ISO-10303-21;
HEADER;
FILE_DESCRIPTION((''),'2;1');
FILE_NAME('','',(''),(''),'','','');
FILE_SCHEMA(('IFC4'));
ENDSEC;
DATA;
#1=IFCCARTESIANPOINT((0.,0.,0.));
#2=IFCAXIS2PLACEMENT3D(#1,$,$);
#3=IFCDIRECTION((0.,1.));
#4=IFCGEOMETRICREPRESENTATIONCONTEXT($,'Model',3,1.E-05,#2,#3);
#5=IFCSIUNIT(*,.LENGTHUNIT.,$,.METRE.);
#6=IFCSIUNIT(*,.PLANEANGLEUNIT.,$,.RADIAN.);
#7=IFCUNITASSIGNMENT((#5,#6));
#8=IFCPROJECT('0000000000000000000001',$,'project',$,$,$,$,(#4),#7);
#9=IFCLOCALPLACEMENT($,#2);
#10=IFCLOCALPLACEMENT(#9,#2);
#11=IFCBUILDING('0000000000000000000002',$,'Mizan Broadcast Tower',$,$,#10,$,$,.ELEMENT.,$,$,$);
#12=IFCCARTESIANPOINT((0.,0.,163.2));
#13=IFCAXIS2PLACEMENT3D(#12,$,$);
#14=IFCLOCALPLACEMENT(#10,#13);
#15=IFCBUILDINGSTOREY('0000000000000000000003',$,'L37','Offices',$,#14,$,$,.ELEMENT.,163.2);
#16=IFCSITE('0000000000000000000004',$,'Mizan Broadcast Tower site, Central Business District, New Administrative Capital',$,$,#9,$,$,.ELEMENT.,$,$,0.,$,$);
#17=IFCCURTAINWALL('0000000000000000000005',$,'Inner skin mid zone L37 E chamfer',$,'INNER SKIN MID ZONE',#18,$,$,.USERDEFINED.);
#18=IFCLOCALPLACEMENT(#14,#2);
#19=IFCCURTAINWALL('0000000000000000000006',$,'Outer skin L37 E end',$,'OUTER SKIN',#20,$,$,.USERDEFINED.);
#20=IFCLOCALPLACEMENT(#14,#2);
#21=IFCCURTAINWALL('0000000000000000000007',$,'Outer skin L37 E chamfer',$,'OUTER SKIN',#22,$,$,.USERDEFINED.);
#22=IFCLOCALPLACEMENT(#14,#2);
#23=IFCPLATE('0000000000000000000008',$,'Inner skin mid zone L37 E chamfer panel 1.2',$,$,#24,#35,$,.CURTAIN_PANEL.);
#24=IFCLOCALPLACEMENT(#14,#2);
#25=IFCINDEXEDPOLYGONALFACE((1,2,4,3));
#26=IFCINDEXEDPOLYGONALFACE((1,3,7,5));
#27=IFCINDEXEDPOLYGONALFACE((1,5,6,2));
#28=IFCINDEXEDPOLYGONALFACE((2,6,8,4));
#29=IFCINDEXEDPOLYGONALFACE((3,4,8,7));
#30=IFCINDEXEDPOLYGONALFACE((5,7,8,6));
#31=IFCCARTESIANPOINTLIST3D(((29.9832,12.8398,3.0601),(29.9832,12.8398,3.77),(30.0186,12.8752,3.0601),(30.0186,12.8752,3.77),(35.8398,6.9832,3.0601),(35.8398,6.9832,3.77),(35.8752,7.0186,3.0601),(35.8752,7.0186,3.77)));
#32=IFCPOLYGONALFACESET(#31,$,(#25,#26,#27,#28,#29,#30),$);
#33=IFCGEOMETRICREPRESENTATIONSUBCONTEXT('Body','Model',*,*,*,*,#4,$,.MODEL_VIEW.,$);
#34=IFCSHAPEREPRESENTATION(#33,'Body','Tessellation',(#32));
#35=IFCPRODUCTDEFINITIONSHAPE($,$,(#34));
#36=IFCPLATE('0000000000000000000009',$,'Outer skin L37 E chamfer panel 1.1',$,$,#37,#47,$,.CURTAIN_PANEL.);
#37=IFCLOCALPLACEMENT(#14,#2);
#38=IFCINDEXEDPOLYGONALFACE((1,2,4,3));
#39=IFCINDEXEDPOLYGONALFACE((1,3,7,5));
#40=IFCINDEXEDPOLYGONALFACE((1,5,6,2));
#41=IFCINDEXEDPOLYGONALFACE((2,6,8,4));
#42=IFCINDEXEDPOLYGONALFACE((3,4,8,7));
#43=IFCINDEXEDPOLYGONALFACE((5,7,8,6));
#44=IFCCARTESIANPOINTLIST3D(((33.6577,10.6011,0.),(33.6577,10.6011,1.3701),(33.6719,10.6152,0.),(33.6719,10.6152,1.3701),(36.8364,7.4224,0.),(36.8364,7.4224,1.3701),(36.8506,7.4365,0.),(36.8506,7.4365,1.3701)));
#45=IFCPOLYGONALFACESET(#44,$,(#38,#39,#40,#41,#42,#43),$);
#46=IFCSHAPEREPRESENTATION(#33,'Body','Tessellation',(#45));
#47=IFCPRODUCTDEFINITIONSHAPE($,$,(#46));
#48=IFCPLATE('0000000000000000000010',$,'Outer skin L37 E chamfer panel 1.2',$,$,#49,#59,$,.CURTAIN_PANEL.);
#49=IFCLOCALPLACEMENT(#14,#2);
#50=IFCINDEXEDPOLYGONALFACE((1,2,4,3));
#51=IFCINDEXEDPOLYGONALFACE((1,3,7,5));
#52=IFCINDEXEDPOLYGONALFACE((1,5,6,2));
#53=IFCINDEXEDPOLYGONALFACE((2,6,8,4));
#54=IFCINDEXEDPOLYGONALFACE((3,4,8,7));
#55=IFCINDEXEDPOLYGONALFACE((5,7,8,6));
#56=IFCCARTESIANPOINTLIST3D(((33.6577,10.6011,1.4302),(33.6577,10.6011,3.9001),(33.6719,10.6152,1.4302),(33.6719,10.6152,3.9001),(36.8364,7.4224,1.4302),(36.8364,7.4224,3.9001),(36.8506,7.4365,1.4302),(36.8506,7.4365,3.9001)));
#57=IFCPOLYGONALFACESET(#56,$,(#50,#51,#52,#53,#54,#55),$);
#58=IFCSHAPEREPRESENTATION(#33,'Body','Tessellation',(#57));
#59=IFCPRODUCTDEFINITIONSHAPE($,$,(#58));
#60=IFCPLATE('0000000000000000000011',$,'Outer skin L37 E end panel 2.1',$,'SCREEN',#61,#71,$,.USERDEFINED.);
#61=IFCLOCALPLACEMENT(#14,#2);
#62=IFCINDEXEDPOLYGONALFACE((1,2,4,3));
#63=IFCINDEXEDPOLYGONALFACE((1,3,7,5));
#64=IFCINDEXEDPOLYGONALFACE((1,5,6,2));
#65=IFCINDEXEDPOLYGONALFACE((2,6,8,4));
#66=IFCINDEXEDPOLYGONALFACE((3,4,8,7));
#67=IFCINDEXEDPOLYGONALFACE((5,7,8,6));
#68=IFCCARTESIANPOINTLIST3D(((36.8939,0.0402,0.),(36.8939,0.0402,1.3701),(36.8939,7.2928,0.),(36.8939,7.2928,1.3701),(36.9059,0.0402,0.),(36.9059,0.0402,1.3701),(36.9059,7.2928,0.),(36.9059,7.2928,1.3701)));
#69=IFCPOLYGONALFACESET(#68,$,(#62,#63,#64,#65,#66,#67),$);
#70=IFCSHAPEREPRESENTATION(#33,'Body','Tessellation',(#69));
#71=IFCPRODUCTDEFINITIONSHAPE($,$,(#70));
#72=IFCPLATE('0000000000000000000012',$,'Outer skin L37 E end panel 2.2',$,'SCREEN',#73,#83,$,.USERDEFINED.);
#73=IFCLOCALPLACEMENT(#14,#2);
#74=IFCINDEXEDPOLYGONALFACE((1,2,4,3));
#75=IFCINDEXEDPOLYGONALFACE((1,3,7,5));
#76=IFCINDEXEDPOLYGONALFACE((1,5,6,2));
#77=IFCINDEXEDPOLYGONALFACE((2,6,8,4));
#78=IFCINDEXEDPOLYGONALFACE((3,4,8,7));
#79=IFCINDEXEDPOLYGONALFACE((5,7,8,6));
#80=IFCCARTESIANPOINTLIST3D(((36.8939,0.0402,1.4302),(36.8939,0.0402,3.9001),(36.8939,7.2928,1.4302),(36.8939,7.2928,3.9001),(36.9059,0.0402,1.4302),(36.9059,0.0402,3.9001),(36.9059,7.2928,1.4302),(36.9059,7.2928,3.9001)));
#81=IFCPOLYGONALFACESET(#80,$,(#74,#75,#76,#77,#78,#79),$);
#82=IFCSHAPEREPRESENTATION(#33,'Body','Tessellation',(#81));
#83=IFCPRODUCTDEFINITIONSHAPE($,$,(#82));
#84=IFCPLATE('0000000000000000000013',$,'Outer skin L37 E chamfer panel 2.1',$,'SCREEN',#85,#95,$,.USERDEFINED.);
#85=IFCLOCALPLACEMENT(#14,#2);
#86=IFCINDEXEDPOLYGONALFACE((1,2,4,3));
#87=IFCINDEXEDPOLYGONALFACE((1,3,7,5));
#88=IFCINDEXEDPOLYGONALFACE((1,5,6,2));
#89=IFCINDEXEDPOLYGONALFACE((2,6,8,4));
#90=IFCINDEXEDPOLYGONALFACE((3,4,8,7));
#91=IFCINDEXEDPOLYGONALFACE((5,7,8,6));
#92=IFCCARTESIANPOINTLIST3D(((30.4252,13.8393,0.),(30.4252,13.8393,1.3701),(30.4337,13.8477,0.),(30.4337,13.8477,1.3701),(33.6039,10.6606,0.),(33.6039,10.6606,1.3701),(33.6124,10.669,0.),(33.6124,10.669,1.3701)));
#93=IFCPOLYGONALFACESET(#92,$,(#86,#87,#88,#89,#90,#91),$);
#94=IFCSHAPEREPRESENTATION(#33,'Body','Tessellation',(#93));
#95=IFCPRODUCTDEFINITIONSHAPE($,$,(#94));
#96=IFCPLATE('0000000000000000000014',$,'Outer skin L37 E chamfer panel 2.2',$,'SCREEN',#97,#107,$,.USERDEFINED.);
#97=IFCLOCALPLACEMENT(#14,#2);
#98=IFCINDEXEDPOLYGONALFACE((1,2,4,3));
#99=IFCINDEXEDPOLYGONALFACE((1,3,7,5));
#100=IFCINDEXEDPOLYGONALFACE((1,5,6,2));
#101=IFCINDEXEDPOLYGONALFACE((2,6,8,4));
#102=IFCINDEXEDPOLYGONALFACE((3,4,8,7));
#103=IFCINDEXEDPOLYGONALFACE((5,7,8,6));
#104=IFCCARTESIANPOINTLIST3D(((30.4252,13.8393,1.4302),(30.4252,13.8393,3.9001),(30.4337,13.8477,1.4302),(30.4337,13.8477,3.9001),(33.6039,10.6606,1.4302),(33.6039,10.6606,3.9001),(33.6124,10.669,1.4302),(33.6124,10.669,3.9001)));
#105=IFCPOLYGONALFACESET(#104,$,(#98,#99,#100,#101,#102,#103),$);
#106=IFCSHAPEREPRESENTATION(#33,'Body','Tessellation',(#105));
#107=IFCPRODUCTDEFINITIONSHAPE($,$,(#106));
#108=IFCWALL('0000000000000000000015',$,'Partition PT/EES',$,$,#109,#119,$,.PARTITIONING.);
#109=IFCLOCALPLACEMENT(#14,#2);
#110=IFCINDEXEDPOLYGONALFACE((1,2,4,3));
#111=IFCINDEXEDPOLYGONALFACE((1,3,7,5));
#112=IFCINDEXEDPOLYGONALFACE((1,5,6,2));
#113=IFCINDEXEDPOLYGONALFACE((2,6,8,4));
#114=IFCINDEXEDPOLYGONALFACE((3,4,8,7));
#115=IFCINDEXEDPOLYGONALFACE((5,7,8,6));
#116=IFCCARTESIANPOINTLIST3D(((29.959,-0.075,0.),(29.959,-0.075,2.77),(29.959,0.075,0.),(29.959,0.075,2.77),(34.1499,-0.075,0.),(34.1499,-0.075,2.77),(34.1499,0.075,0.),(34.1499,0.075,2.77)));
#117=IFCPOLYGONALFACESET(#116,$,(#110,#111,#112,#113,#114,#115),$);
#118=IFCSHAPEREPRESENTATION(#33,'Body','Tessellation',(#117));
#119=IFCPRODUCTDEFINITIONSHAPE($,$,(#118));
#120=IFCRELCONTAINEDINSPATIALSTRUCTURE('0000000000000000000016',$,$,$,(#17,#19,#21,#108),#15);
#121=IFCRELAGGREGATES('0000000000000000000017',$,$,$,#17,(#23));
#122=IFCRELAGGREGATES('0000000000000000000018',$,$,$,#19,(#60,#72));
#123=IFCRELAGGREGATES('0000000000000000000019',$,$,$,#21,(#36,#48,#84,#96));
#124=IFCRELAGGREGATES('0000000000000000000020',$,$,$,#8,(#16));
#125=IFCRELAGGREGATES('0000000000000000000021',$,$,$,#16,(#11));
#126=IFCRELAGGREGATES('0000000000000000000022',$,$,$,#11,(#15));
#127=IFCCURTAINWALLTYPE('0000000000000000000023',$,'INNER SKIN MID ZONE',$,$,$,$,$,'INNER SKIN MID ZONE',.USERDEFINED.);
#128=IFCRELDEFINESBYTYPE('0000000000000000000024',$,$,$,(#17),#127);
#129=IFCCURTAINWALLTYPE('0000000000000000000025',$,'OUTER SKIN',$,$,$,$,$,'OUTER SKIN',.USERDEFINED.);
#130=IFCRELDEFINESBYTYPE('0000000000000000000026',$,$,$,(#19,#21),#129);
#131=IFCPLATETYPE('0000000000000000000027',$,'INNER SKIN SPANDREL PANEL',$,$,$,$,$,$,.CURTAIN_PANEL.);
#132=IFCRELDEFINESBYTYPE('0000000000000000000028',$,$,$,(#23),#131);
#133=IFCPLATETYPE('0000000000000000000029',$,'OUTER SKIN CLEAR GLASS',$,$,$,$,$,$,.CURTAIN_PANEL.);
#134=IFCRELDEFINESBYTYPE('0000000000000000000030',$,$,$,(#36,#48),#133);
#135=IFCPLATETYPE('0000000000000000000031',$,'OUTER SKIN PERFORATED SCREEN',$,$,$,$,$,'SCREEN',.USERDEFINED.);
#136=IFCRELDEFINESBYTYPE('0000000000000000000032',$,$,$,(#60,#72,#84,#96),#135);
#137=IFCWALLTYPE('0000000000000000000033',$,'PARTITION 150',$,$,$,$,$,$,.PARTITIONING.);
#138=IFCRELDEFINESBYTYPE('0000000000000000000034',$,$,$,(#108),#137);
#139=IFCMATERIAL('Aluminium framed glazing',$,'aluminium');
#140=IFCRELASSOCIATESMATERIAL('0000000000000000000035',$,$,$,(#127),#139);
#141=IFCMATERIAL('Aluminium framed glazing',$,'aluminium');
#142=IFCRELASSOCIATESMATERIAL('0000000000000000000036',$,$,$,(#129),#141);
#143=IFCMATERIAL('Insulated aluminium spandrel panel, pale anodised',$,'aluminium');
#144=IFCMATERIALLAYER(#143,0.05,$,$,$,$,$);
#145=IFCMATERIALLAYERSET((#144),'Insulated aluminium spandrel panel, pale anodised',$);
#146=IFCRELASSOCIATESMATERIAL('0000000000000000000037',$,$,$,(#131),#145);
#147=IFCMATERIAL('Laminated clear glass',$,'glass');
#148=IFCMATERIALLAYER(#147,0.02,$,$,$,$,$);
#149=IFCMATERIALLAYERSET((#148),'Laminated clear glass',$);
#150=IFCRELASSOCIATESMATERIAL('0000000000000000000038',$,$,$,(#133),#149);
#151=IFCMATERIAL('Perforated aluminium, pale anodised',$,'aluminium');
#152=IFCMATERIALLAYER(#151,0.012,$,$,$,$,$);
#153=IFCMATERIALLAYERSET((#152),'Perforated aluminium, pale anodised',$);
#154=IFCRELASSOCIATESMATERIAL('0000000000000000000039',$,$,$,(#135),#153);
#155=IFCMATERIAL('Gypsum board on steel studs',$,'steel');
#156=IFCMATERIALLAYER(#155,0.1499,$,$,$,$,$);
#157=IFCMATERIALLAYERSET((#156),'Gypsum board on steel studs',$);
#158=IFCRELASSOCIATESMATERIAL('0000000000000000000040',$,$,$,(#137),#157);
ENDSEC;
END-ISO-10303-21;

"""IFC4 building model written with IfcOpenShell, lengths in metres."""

from ifc_helpers import new_model, si_unit, direction, frame, frame_2d, origin, origin_2d, place, context, subcontext, project, spatial, rectangle, extrude, material, layer, layer_set, type_object, element, aggregate, save


model = new_model("IFC4")

# Units and contexts
model_context = context("Model", 3, precision=1e-05, world=origin(), true_north=direction((0.0, 1.0)))
body_context = subcontext(model_context, "Body", "Model", "MODEL_VIEW")
ifc_project = project(units=[si_unit("LENGTHUNIT", "METRE"), si_unit("PLANEANGLEUNIT", "RADIAN")], contexts=[model_context])

# Site, building, storey
site_placement = place(None, origin())
site = spatial("IfcSite", under=ifc_project, at=site_placement, Name="Mizan Broadcast Tower site, Central Business District, New Administrative Capital", CompositionType="ELEMENT", RefElevation=0.0)
building_placement = place(site_placement, origin())
building = spatial("IfcBuilding", under=site, at=building_placement, Name="Mizan Broadcast Tower", CompositionType="ELEMENT")
storey_placement = place(building_placement, frame((0.0, 0.0, 163.2)))
storey = spatial("IfcBuildingStorey", under=building, at=storey_placement, Name="L37", Description="Offices", CompositionType="ELEMENT", Elevation=163.2)

# Shared definitions
ifc_material_1 = material(Name="Aluminium framed glazing", Category="aluminium")
curtain_wall_type_1 = type_object("IfcCurtainWallType", Name="INNER SKIN MID ZONE", ElementType="INNER SKIN MID ZONE", PredefinedType="USERDEFINED", material=ifc_material_1)

# Curtain wall
curtain_wall_1_placement = place(storey_placement, origin())
curtain_wall_1 = element("IfcCurtainWall", 1, at=curtain_wall_1_placement, inside=storey, type_object=curtain_wall_type_1, Name="Inner skin mid zone L37 E chamfer", ObjectType="INNER SKIN MID ZONE", PredefinedType="USERDEFINED")

# Curtain walls
ifc_material_2 = material(Name="Aluminium framed glazing", Category="aluminium")
curtain_wall_type_2 = type_object("IfcCurtainWallType", Name="OUTER SKIN", ElementType="OUTER SKIN", PredefinedType="USERDEFINED", material=ifc_material_2)
curtain_wall_2_placement = place(storey_placement, origin())
curtain_wall_2 = element("IfcCurtainWall", 2, at=curtain_wall_2_placement, inside=storey, type_object=curtain_wall_type_2, Name="Outer skin L37 E end", ObjectType="OUTER SKIN", PredefinedType="USERDEFINED")
curtain_wall_3_placement = place(storey_placement, origin())
curtain_wall_3 = element("IfcCurtainWall", 3, at=curtain_wall_3_placement, inside=storey, type_object=curtain_wall_type_2, Name="Outer skin L37 E chamfer", ObjectType="OUTER SKIN", PredefinedType="USERDEFINED")

# Plates
ifc_material_3 = material(Name="Insulated aluminium spandrel panel, pale anodised", Category="aluminium")
ifc_layer_1 = layer(ifc_material_3, 0.05)
ifc_layer_set_1 = layer_set([ifc_layer_1], Name="Insulated aluminium spandrel panel, pale anodised")
plate_type_1 = type_object("IfcPlateType", Name="INNER SKIN SPANDREL PANEL", PredefinedType="CURTAIN_PANEL", material=ifc_layer_set_1)
plate_1_placement = place(storey_placement, frame((32.9292, 9.9292, 3.0601), z_axis=(0.0, 0.0, 1.0), x_axis=(-0.707107, 0.707107, 0.0)))
plate_1 = element("IfcPlate", 4, at=plate_1_placement, type_object=plate_type_1, Name="Inner skin mid zone L37 E chamfer panel 1.2", PredefinedType="CURTAIN_PANEL", context=body_context, shape_type="SweptSolid", body=[
    extrude(rectangle(XDim=8.2825, YDim=0.05, at=origin_2d()), origin(), (0.0, 0.0, 1.0), 0.71),
])
aggregate(curtain_wall_1, [plate_1])
ifc_material_4 = material(Name="Laminated clear glass", Category="glass")
ifc_layer_2 = layer(ifc_material_4, 0.02)
ifc_layer_set_2 = layer_set([ifc_layer_2], Name="Laminated clear glass")
plate_type_2 = type_object("IfcPlateType", Name="OUTER SKIN CLEAR GLASS", PredefinedType="CURTAIN_PANEL", material=ifc_layer_set_2)
plate_2_placement = place(storey_placement, frame((35.2542, 9.0188, 0.0), z_axis=(0.0, 0.0, 1.0), x_axis=(-0.707107, 0.707107, 0.0)))
plate_2 = element("IfcPlate", 5, at=plate_2_placement, type_object=plate_type_2, Name="Outer skin L37 E chamfer panel 1.1", PredefinedType="CURTAIN_PANEL", context=body_context, shape_type="SweptSolid", body=[
    extrude(rectangle(XDim=4.4954, YDim=0.02, at=origin_2d()), origin(), (0.0, 0.0, 1.0), 1.3701),
])
plate_3_placement = place(storey_placement, frame((35.2542, 9.0188, 1.4302), z_axis=(0.0, 0.0, 1.0), x_axis=(-0.707107, 0.707107, 0.0)))
plate_3 = element("IfcPlate", 6, at=plate_3_placement, type_object=plate_type_2, Name="Outer skin L37 E chamfer panel 1.2", PredefinedType="CURTAIN_PANEL", context=body_context, shape_type="SweptSolid", body=[
    extrude(rectangle(XDim=4.4954, YDim=0.02, at=origin_2d()), origin(), (0.0, 0.0, 1.0), 2.47),
])
ifc_material_5 = material(Name="Perforated aluminium, pale anodised", Category="aluminium")
ifc_layer_3 = layer(ifc_material_5, 0.012)
ifc_layer_set_3 = layer_set([ifc_layer_3], Name="Perforated aluminium, pale anodised")
plate_type_3 = type_object("IfcPlateType", Name="OUTER SKIN PERFORATED SCREEN", ElementType="SCREEN", PredefinedType="USERDEFINED", material=ifc_layer_set_3)
plate_4_placement = place(storey_placement, frame((36.8999, 3.6665, 0.0), z_axis=(0.0, 0.0, 1.0), x_axis=(0.0, 1.0, 0.0)))
plate_4 = element("IfcPlate", 7, at=plate_4_placement, type_object=plate_type_3, Name="Outer skin L37 E end panel 2.1", ObjectType="SCREEN", PredefinedType="USERDEFINED", context=body_context, shape_type="SweptSolid", body=[
    extrude(rectangle(XDim=7.2527, YDim=0.012, at=origin_2d()), origin(), (0.0, 0.0, 1.0), 1.3701),
])
plate_5_placement = place(storey_placement, frame((36.8999, 3.6665, 1.4302), z_axis=(0.0, 0.0, 1.0), x_axis=(0.0, 1.0, 0.0)))
plate_5 = element("IfcPlate", 8, at=plate_5_placement, type_object=plate_type_3, Name="Outer skin L37 E end panel 2.2", ObjectType="SCREEN", PredefinedType="USERDEFINED", context=body_context, shape_type="SweptSolid", body=[
    extrude(rectangle(XDim=7.2527, YDim=0.012, at=origin_2d()), origin(), (0.0, 0.0, 1.0), 2.47),
])
aggregate(curtain_wall_2, [plate_4, plate_5])
plate_6_placement = place(storey_placement, frame((32.0188, 12.2542, 0.0), z_axis=(0.0, 0.0, 1.0), x_axis=(-0.707107, 0.707107, 0.0)))
plate_6 = element("IfcPlate", 9, at=plate_6_placement, type_object=plate_type_3, Name="Outer skin L37 E chamfer panel 2.1", ObjectType="SCREEN", PredefinedType="USERDEFINED", context=body_context, shape_type="SweptSolid", body=[
    extrude(rectangle(XDim=4.4954, YDim=0.012, at=origin_2d()), origin(), (0.0, 0.0, 1.0), 1.3701),
])
plate_7_placement = place(storey_placement, frame((32.0188, 12.2542, 1.4302), z_axis=(0.0, 0.0, 1.0), x_axis=(-0.707107, 0.707107, 0.0)))
plate_7 = element("IfcPlate", 10, at=plate_7_placement, type_object=plate_type_3, Name="Outer skin L37 E chamfer panel 2.2", ObjectType="SCREEN", PredefinedType="USERDEFINED", context=body_context, shape_type="SweptSolid", body=[
    extrude(rectangle(XDim=4.4954, YDim=0.012, at=origin_2d()), origin(), (0.0, 0.0, 1.0), 2.47),
])
aggregate(curtain_wall_3, [plate_2, plate_3, plate_6, plate_7])

# Wall
ifc_material_6 = material(Name="Gypsum board on steel studs", Category="steel")
ifc_layer_4 = layer(ifc_material_6, 0.1499)
ifc_layer_set_4 = layer_set([ifc_layer_4], Name="Gypsum board on steel studs")
wall_type = type_object("IfcWallType", Name="PARTITION 150", PredefinedType="PARTITIONING", material=ifc_layer_set_4)
wall_placement = place(storey_placement, frame((29.959, 0.0, 0.0), z_axis=(0.0, 0.0, 1.0), x_axis=(1.0, 0.0, 0.0)))
element("IfcWall", 11, at=wall_placement, inside=storey, type_object=wall_type, Name="Partition PT/EES", PredefinedType="PARTITIONING", context=body_context, shape_type="SweptSolid", body=[
    extrude(rectangle(XDim=4.1909, YDim=0.1499, at=frame_2d((2.0955, 0.0))), origin(), (0.0, 0.0, 1.0), 2.77),
])

save(model, "model.ifc")
